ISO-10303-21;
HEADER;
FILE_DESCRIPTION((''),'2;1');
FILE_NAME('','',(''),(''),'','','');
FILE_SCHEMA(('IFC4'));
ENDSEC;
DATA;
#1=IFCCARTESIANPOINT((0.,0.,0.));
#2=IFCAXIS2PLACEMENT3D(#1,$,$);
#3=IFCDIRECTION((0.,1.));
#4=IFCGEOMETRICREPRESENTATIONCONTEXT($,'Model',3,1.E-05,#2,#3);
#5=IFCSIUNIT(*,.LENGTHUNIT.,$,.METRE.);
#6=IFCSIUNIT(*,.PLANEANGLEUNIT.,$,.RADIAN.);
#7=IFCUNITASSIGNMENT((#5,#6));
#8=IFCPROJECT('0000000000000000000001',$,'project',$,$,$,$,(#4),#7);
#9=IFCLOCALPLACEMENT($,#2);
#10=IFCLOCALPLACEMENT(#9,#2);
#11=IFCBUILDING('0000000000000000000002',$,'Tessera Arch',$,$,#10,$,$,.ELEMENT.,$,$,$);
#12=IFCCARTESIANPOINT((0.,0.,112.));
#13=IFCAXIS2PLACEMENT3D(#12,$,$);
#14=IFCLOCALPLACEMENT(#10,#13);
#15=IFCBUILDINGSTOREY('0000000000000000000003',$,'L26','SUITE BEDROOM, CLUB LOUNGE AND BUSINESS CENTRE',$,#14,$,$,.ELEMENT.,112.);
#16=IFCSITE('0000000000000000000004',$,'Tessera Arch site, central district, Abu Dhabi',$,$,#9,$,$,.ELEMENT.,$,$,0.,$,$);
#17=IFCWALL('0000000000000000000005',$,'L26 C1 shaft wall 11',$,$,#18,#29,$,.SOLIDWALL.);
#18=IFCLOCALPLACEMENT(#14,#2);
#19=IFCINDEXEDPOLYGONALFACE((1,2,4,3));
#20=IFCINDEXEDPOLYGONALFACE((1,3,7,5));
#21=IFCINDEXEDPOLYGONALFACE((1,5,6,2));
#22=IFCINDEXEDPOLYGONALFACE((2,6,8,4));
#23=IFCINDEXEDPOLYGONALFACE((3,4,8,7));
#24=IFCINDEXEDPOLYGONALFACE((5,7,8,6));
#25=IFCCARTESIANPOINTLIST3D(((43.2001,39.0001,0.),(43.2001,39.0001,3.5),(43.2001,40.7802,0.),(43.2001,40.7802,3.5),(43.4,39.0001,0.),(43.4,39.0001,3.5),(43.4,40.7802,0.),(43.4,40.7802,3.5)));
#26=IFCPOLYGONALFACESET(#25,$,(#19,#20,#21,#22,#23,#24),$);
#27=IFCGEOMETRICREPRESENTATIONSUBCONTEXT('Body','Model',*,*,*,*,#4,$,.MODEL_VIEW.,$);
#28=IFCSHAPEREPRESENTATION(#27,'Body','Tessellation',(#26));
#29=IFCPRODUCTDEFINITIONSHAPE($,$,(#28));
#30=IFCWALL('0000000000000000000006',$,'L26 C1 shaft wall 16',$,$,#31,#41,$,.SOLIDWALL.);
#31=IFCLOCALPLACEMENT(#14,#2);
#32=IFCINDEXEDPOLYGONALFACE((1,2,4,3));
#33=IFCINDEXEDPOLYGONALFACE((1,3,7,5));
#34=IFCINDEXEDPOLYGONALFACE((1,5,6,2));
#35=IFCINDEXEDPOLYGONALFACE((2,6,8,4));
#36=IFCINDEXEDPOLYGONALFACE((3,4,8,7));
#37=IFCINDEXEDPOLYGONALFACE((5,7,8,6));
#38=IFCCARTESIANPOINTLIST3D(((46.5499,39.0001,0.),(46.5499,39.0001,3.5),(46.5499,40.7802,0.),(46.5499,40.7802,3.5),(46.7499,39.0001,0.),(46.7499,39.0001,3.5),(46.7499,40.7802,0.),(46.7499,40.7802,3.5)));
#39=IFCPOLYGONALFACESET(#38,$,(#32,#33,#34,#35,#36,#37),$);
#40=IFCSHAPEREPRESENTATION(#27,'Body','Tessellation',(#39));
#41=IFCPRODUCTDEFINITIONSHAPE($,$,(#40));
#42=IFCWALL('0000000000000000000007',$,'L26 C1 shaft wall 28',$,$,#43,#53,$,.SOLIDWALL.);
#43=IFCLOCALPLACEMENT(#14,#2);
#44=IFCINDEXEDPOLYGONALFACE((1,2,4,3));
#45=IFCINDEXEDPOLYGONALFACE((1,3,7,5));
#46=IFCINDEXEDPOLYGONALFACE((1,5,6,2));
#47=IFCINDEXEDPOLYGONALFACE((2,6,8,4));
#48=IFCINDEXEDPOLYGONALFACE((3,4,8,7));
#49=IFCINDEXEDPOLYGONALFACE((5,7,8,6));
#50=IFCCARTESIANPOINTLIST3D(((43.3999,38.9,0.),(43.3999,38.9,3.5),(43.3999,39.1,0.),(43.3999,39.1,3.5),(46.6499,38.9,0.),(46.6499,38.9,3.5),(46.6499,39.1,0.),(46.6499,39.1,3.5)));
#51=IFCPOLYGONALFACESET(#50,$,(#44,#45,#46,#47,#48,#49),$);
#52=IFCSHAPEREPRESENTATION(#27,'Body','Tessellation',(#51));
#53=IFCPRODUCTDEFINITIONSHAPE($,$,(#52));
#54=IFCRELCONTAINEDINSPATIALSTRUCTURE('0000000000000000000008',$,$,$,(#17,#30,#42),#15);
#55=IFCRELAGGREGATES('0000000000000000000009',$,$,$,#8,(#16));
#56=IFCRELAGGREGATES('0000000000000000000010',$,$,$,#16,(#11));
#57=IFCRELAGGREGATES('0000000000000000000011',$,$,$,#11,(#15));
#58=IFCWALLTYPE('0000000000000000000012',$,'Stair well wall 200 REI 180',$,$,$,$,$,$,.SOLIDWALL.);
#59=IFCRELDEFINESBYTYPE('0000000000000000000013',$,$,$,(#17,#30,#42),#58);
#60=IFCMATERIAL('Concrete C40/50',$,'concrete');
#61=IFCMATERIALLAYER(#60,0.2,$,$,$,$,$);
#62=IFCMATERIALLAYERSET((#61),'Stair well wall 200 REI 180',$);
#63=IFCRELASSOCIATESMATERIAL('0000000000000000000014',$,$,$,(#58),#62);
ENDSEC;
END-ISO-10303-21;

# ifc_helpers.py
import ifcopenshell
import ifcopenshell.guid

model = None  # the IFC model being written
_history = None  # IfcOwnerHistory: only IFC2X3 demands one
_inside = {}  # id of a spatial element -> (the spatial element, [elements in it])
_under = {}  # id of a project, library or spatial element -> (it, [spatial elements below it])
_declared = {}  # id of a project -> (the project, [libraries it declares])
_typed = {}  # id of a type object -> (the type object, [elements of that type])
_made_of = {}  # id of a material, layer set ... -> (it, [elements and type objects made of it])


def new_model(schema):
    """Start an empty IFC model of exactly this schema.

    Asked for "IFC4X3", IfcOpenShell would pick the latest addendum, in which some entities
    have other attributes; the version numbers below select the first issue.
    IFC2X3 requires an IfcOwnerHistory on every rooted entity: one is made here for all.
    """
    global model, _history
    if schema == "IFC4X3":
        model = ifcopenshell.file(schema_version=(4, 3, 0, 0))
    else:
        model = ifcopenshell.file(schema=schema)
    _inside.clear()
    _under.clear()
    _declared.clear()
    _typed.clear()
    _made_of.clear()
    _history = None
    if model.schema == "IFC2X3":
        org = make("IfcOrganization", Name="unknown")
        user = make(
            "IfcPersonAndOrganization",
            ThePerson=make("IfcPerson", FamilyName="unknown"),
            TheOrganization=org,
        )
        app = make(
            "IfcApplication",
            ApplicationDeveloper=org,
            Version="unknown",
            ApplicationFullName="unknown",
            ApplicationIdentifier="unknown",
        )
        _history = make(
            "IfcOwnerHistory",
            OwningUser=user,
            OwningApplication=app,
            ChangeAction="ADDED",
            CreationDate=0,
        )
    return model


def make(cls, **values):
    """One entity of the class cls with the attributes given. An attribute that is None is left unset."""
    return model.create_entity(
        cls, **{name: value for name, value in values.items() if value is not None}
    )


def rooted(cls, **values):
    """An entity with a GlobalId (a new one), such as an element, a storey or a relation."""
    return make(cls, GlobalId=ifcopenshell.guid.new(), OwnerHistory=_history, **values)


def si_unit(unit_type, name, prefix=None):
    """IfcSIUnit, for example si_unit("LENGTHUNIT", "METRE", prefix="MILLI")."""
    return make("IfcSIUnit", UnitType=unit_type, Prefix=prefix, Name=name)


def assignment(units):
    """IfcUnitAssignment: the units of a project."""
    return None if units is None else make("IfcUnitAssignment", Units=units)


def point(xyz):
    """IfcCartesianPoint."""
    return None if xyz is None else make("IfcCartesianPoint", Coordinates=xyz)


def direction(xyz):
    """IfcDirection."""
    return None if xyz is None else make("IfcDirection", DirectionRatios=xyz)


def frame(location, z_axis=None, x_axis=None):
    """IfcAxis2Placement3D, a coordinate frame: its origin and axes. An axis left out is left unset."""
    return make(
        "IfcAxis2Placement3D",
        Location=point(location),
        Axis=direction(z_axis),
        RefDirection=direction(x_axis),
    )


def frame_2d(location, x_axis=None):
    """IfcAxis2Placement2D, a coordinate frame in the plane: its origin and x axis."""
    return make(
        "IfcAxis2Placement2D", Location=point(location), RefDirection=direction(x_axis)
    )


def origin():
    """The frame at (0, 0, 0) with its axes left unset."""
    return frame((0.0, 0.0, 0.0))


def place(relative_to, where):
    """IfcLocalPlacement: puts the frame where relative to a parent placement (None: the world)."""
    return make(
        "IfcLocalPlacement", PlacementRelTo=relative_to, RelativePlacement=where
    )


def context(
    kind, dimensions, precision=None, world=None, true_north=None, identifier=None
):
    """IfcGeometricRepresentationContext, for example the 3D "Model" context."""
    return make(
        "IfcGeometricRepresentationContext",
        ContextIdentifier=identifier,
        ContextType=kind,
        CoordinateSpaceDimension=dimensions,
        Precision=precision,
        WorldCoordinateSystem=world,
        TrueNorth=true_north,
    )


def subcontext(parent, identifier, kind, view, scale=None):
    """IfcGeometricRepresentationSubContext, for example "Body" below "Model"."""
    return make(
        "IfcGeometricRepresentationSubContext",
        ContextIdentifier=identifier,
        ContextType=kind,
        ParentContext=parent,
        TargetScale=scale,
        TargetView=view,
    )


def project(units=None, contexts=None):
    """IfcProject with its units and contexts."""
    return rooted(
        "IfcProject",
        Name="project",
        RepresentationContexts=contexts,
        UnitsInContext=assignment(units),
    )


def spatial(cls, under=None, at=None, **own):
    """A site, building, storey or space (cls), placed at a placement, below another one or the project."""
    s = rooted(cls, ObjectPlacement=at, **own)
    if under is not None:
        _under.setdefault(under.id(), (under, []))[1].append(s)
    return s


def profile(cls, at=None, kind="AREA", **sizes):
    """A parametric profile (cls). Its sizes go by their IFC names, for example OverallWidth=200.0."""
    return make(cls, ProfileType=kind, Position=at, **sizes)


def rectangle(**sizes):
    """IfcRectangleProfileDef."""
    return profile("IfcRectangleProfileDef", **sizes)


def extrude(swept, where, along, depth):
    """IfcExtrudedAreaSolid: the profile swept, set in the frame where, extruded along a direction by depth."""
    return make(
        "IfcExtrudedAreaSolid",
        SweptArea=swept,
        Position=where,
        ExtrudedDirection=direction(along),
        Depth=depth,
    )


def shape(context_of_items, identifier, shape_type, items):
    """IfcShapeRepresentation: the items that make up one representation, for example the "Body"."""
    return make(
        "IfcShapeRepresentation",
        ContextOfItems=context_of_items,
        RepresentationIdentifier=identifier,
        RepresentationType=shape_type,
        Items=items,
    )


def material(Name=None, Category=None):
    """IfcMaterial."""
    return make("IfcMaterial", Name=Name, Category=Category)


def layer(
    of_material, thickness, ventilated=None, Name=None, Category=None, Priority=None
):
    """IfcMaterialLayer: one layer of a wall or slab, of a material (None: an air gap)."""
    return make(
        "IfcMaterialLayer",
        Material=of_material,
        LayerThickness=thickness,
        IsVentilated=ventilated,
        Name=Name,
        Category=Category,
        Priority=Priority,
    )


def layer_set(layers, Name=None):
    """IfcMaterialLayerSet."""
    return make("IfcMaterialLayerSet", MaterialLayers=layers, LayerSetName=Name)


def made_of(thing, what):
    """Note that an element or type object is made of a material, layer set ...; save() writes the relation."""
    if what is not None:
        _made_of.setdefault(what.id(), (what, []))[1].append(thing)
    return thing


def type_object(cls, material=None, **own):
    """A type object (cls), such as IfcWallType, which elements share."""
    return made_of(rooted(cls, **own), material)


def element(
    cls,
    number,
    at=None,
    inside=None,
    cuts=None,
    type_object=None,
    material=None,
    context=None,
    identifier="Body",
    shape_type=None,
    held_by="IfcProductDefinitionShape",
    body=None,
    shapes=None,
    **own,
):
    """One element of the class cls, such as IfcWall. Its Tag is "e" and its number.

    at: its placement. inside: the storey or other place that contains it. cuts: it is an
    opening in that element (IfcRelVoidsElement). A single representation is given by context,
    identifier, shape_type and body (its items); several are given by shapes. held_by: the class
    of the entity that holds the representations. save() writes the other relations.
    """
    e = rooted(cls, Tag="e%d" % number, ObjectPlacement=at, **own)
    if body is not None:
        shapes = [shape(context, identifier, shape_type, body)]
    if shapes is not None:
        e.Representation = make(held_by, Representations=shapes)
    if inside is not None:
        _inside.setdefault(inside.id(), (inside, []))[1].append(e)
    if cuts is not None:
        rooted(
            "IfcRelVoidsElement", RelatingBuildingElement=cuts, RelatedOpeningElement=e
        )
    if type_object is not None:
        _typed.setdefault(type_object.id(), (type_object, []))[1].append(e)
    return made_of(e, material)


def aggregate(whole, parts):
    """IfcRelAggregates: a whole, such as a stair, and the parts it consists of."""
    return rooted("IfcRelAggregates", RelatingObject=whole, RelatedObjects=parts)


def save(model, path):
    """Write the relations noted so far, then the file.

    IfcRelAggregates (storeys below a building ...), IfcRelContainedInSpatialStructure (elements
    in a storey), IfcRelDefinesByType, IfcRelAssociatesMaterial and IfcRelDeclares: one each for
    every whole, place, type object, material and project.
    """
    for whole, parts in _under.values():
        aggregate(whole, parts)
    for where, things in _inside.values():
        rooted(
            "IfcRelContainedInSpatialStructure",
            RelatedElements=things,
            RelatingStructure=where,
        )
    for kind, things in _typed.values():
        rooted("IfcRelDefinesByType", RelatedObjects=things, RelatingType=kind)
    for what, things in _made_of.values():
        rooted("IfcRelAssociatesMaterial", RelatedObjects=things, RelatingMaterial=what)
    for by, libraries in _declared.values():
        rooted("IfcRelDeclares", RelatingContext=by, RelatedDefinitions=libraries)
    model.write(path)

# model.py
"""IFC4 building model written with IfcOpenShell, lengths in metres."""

from ifc_helpers import new_model, si_unit, direction, frame, frame_2d, origin, place, context, subcontext, project, spatial, rectangle, extrude, material, layer, layer_set, type_object, element, save


model = new_model("IFC4")

# Units and contexts
model_context = context("Model", 3, precision=1e-05, world=origin(), true_north=direction((0.0, 1.0)))
body_context = subcontext(model_context, "Body", "Model", "MODEL_VIEW")
ifc_project = project(units=[si_unit("LENGTHUNIT", "METRE"), si_unit("PLANEANGLEUNIT", "RADIAN")], contexts=[model_context])

# Site, building, storey
site_placement = place(None, origin())
site = spatial("IfcSite", under=ifc_project, at=site_placement, Name="Tessera Arch site, central district, Abu Dhabi", CompositionType="ELEMENT", RefElevation=0.0)
building_placement = place(site_placement, origin())
building = spatial("IfcBuilding", under=site, at=building_placement, Name="Tessera Arch", CompositionType="ELEMENT")
storey_placement = place(building_placement, frame((0.0, 0.0, 112.0)))
storey = spatial("IfcBuildingStorey", under=building, at=storey_placement, Name="L26", Description="SUITE BEDROOM, CLUB LOUNGE AND BUSINESS CENTRE", CompositionType="ELEMENT", Elevation=112.0)

# Walls
ifc_material_1 = material(Name="Concrete C40/50", Category="concrete")
ifc_layer_1 = layer(ifc_material_1, 0.2)
ifc_layer_set_1 = layer_set([ifc_layer_1], Name="Stair well wall 200 REI 180")
wall_type_1 = type_object("IfcWallType", Name="Stair well wall 200 REI 180", PredefinedType="SOLIDWALL", material=ifc_layer_set_1)
for number, where, z_axis, x_axis, name in (
    (1, (43.3, 39.0, 0.0), (0.0, 0.0, 1.0), (0.0, 1.0, 0.0), "L26 C1 shaft wall 11"),
    (2, (46.6499, 39.0, 0.0), (0.0, 0.0, 1.0), (0.0, 1.0, 0.0), "L26 C1 shaft wall 16"),
):
    element("IfcWall", number, at=place(storey_placement, frame(where, z_axis=z_axis, x_axis=x_axis)), inside=storey, type_object=wall_type_1, Name=name, PredefinedType="SOLIDWALL", context=body_context, shape_type="SweptSolid", body=[
        extrude(rectangle(XDim=1.78, YDim=0.2, at=frame_2d((0.8901, 0.0))), origin(), (0.0, 0.0, 1.0), 3.5),
    ])
wall_1_placement = place(storey_placement, frame((43.3999, 39.0, 0.0), z_axis=(0.0, 0.0, 1.0), x_axis=(1.0, 0.0, 0.0)))
element("IfcWall", 3, at=wall_1_placement, inside=storey, type_object=wall_type_1, Name="L26 C1 shaft wall 28", PredefinedType="SOLIDWALL", context=body_context, shape_type="SweptSolid", body=[
    extrude(rectangle(XDim=3.25, YDim=0.2, at=frame_2d((1.625, 0.0))), origin(), (0.0, 0.0, 1.0), 3.5),
])

save(model, "model.ifc")
